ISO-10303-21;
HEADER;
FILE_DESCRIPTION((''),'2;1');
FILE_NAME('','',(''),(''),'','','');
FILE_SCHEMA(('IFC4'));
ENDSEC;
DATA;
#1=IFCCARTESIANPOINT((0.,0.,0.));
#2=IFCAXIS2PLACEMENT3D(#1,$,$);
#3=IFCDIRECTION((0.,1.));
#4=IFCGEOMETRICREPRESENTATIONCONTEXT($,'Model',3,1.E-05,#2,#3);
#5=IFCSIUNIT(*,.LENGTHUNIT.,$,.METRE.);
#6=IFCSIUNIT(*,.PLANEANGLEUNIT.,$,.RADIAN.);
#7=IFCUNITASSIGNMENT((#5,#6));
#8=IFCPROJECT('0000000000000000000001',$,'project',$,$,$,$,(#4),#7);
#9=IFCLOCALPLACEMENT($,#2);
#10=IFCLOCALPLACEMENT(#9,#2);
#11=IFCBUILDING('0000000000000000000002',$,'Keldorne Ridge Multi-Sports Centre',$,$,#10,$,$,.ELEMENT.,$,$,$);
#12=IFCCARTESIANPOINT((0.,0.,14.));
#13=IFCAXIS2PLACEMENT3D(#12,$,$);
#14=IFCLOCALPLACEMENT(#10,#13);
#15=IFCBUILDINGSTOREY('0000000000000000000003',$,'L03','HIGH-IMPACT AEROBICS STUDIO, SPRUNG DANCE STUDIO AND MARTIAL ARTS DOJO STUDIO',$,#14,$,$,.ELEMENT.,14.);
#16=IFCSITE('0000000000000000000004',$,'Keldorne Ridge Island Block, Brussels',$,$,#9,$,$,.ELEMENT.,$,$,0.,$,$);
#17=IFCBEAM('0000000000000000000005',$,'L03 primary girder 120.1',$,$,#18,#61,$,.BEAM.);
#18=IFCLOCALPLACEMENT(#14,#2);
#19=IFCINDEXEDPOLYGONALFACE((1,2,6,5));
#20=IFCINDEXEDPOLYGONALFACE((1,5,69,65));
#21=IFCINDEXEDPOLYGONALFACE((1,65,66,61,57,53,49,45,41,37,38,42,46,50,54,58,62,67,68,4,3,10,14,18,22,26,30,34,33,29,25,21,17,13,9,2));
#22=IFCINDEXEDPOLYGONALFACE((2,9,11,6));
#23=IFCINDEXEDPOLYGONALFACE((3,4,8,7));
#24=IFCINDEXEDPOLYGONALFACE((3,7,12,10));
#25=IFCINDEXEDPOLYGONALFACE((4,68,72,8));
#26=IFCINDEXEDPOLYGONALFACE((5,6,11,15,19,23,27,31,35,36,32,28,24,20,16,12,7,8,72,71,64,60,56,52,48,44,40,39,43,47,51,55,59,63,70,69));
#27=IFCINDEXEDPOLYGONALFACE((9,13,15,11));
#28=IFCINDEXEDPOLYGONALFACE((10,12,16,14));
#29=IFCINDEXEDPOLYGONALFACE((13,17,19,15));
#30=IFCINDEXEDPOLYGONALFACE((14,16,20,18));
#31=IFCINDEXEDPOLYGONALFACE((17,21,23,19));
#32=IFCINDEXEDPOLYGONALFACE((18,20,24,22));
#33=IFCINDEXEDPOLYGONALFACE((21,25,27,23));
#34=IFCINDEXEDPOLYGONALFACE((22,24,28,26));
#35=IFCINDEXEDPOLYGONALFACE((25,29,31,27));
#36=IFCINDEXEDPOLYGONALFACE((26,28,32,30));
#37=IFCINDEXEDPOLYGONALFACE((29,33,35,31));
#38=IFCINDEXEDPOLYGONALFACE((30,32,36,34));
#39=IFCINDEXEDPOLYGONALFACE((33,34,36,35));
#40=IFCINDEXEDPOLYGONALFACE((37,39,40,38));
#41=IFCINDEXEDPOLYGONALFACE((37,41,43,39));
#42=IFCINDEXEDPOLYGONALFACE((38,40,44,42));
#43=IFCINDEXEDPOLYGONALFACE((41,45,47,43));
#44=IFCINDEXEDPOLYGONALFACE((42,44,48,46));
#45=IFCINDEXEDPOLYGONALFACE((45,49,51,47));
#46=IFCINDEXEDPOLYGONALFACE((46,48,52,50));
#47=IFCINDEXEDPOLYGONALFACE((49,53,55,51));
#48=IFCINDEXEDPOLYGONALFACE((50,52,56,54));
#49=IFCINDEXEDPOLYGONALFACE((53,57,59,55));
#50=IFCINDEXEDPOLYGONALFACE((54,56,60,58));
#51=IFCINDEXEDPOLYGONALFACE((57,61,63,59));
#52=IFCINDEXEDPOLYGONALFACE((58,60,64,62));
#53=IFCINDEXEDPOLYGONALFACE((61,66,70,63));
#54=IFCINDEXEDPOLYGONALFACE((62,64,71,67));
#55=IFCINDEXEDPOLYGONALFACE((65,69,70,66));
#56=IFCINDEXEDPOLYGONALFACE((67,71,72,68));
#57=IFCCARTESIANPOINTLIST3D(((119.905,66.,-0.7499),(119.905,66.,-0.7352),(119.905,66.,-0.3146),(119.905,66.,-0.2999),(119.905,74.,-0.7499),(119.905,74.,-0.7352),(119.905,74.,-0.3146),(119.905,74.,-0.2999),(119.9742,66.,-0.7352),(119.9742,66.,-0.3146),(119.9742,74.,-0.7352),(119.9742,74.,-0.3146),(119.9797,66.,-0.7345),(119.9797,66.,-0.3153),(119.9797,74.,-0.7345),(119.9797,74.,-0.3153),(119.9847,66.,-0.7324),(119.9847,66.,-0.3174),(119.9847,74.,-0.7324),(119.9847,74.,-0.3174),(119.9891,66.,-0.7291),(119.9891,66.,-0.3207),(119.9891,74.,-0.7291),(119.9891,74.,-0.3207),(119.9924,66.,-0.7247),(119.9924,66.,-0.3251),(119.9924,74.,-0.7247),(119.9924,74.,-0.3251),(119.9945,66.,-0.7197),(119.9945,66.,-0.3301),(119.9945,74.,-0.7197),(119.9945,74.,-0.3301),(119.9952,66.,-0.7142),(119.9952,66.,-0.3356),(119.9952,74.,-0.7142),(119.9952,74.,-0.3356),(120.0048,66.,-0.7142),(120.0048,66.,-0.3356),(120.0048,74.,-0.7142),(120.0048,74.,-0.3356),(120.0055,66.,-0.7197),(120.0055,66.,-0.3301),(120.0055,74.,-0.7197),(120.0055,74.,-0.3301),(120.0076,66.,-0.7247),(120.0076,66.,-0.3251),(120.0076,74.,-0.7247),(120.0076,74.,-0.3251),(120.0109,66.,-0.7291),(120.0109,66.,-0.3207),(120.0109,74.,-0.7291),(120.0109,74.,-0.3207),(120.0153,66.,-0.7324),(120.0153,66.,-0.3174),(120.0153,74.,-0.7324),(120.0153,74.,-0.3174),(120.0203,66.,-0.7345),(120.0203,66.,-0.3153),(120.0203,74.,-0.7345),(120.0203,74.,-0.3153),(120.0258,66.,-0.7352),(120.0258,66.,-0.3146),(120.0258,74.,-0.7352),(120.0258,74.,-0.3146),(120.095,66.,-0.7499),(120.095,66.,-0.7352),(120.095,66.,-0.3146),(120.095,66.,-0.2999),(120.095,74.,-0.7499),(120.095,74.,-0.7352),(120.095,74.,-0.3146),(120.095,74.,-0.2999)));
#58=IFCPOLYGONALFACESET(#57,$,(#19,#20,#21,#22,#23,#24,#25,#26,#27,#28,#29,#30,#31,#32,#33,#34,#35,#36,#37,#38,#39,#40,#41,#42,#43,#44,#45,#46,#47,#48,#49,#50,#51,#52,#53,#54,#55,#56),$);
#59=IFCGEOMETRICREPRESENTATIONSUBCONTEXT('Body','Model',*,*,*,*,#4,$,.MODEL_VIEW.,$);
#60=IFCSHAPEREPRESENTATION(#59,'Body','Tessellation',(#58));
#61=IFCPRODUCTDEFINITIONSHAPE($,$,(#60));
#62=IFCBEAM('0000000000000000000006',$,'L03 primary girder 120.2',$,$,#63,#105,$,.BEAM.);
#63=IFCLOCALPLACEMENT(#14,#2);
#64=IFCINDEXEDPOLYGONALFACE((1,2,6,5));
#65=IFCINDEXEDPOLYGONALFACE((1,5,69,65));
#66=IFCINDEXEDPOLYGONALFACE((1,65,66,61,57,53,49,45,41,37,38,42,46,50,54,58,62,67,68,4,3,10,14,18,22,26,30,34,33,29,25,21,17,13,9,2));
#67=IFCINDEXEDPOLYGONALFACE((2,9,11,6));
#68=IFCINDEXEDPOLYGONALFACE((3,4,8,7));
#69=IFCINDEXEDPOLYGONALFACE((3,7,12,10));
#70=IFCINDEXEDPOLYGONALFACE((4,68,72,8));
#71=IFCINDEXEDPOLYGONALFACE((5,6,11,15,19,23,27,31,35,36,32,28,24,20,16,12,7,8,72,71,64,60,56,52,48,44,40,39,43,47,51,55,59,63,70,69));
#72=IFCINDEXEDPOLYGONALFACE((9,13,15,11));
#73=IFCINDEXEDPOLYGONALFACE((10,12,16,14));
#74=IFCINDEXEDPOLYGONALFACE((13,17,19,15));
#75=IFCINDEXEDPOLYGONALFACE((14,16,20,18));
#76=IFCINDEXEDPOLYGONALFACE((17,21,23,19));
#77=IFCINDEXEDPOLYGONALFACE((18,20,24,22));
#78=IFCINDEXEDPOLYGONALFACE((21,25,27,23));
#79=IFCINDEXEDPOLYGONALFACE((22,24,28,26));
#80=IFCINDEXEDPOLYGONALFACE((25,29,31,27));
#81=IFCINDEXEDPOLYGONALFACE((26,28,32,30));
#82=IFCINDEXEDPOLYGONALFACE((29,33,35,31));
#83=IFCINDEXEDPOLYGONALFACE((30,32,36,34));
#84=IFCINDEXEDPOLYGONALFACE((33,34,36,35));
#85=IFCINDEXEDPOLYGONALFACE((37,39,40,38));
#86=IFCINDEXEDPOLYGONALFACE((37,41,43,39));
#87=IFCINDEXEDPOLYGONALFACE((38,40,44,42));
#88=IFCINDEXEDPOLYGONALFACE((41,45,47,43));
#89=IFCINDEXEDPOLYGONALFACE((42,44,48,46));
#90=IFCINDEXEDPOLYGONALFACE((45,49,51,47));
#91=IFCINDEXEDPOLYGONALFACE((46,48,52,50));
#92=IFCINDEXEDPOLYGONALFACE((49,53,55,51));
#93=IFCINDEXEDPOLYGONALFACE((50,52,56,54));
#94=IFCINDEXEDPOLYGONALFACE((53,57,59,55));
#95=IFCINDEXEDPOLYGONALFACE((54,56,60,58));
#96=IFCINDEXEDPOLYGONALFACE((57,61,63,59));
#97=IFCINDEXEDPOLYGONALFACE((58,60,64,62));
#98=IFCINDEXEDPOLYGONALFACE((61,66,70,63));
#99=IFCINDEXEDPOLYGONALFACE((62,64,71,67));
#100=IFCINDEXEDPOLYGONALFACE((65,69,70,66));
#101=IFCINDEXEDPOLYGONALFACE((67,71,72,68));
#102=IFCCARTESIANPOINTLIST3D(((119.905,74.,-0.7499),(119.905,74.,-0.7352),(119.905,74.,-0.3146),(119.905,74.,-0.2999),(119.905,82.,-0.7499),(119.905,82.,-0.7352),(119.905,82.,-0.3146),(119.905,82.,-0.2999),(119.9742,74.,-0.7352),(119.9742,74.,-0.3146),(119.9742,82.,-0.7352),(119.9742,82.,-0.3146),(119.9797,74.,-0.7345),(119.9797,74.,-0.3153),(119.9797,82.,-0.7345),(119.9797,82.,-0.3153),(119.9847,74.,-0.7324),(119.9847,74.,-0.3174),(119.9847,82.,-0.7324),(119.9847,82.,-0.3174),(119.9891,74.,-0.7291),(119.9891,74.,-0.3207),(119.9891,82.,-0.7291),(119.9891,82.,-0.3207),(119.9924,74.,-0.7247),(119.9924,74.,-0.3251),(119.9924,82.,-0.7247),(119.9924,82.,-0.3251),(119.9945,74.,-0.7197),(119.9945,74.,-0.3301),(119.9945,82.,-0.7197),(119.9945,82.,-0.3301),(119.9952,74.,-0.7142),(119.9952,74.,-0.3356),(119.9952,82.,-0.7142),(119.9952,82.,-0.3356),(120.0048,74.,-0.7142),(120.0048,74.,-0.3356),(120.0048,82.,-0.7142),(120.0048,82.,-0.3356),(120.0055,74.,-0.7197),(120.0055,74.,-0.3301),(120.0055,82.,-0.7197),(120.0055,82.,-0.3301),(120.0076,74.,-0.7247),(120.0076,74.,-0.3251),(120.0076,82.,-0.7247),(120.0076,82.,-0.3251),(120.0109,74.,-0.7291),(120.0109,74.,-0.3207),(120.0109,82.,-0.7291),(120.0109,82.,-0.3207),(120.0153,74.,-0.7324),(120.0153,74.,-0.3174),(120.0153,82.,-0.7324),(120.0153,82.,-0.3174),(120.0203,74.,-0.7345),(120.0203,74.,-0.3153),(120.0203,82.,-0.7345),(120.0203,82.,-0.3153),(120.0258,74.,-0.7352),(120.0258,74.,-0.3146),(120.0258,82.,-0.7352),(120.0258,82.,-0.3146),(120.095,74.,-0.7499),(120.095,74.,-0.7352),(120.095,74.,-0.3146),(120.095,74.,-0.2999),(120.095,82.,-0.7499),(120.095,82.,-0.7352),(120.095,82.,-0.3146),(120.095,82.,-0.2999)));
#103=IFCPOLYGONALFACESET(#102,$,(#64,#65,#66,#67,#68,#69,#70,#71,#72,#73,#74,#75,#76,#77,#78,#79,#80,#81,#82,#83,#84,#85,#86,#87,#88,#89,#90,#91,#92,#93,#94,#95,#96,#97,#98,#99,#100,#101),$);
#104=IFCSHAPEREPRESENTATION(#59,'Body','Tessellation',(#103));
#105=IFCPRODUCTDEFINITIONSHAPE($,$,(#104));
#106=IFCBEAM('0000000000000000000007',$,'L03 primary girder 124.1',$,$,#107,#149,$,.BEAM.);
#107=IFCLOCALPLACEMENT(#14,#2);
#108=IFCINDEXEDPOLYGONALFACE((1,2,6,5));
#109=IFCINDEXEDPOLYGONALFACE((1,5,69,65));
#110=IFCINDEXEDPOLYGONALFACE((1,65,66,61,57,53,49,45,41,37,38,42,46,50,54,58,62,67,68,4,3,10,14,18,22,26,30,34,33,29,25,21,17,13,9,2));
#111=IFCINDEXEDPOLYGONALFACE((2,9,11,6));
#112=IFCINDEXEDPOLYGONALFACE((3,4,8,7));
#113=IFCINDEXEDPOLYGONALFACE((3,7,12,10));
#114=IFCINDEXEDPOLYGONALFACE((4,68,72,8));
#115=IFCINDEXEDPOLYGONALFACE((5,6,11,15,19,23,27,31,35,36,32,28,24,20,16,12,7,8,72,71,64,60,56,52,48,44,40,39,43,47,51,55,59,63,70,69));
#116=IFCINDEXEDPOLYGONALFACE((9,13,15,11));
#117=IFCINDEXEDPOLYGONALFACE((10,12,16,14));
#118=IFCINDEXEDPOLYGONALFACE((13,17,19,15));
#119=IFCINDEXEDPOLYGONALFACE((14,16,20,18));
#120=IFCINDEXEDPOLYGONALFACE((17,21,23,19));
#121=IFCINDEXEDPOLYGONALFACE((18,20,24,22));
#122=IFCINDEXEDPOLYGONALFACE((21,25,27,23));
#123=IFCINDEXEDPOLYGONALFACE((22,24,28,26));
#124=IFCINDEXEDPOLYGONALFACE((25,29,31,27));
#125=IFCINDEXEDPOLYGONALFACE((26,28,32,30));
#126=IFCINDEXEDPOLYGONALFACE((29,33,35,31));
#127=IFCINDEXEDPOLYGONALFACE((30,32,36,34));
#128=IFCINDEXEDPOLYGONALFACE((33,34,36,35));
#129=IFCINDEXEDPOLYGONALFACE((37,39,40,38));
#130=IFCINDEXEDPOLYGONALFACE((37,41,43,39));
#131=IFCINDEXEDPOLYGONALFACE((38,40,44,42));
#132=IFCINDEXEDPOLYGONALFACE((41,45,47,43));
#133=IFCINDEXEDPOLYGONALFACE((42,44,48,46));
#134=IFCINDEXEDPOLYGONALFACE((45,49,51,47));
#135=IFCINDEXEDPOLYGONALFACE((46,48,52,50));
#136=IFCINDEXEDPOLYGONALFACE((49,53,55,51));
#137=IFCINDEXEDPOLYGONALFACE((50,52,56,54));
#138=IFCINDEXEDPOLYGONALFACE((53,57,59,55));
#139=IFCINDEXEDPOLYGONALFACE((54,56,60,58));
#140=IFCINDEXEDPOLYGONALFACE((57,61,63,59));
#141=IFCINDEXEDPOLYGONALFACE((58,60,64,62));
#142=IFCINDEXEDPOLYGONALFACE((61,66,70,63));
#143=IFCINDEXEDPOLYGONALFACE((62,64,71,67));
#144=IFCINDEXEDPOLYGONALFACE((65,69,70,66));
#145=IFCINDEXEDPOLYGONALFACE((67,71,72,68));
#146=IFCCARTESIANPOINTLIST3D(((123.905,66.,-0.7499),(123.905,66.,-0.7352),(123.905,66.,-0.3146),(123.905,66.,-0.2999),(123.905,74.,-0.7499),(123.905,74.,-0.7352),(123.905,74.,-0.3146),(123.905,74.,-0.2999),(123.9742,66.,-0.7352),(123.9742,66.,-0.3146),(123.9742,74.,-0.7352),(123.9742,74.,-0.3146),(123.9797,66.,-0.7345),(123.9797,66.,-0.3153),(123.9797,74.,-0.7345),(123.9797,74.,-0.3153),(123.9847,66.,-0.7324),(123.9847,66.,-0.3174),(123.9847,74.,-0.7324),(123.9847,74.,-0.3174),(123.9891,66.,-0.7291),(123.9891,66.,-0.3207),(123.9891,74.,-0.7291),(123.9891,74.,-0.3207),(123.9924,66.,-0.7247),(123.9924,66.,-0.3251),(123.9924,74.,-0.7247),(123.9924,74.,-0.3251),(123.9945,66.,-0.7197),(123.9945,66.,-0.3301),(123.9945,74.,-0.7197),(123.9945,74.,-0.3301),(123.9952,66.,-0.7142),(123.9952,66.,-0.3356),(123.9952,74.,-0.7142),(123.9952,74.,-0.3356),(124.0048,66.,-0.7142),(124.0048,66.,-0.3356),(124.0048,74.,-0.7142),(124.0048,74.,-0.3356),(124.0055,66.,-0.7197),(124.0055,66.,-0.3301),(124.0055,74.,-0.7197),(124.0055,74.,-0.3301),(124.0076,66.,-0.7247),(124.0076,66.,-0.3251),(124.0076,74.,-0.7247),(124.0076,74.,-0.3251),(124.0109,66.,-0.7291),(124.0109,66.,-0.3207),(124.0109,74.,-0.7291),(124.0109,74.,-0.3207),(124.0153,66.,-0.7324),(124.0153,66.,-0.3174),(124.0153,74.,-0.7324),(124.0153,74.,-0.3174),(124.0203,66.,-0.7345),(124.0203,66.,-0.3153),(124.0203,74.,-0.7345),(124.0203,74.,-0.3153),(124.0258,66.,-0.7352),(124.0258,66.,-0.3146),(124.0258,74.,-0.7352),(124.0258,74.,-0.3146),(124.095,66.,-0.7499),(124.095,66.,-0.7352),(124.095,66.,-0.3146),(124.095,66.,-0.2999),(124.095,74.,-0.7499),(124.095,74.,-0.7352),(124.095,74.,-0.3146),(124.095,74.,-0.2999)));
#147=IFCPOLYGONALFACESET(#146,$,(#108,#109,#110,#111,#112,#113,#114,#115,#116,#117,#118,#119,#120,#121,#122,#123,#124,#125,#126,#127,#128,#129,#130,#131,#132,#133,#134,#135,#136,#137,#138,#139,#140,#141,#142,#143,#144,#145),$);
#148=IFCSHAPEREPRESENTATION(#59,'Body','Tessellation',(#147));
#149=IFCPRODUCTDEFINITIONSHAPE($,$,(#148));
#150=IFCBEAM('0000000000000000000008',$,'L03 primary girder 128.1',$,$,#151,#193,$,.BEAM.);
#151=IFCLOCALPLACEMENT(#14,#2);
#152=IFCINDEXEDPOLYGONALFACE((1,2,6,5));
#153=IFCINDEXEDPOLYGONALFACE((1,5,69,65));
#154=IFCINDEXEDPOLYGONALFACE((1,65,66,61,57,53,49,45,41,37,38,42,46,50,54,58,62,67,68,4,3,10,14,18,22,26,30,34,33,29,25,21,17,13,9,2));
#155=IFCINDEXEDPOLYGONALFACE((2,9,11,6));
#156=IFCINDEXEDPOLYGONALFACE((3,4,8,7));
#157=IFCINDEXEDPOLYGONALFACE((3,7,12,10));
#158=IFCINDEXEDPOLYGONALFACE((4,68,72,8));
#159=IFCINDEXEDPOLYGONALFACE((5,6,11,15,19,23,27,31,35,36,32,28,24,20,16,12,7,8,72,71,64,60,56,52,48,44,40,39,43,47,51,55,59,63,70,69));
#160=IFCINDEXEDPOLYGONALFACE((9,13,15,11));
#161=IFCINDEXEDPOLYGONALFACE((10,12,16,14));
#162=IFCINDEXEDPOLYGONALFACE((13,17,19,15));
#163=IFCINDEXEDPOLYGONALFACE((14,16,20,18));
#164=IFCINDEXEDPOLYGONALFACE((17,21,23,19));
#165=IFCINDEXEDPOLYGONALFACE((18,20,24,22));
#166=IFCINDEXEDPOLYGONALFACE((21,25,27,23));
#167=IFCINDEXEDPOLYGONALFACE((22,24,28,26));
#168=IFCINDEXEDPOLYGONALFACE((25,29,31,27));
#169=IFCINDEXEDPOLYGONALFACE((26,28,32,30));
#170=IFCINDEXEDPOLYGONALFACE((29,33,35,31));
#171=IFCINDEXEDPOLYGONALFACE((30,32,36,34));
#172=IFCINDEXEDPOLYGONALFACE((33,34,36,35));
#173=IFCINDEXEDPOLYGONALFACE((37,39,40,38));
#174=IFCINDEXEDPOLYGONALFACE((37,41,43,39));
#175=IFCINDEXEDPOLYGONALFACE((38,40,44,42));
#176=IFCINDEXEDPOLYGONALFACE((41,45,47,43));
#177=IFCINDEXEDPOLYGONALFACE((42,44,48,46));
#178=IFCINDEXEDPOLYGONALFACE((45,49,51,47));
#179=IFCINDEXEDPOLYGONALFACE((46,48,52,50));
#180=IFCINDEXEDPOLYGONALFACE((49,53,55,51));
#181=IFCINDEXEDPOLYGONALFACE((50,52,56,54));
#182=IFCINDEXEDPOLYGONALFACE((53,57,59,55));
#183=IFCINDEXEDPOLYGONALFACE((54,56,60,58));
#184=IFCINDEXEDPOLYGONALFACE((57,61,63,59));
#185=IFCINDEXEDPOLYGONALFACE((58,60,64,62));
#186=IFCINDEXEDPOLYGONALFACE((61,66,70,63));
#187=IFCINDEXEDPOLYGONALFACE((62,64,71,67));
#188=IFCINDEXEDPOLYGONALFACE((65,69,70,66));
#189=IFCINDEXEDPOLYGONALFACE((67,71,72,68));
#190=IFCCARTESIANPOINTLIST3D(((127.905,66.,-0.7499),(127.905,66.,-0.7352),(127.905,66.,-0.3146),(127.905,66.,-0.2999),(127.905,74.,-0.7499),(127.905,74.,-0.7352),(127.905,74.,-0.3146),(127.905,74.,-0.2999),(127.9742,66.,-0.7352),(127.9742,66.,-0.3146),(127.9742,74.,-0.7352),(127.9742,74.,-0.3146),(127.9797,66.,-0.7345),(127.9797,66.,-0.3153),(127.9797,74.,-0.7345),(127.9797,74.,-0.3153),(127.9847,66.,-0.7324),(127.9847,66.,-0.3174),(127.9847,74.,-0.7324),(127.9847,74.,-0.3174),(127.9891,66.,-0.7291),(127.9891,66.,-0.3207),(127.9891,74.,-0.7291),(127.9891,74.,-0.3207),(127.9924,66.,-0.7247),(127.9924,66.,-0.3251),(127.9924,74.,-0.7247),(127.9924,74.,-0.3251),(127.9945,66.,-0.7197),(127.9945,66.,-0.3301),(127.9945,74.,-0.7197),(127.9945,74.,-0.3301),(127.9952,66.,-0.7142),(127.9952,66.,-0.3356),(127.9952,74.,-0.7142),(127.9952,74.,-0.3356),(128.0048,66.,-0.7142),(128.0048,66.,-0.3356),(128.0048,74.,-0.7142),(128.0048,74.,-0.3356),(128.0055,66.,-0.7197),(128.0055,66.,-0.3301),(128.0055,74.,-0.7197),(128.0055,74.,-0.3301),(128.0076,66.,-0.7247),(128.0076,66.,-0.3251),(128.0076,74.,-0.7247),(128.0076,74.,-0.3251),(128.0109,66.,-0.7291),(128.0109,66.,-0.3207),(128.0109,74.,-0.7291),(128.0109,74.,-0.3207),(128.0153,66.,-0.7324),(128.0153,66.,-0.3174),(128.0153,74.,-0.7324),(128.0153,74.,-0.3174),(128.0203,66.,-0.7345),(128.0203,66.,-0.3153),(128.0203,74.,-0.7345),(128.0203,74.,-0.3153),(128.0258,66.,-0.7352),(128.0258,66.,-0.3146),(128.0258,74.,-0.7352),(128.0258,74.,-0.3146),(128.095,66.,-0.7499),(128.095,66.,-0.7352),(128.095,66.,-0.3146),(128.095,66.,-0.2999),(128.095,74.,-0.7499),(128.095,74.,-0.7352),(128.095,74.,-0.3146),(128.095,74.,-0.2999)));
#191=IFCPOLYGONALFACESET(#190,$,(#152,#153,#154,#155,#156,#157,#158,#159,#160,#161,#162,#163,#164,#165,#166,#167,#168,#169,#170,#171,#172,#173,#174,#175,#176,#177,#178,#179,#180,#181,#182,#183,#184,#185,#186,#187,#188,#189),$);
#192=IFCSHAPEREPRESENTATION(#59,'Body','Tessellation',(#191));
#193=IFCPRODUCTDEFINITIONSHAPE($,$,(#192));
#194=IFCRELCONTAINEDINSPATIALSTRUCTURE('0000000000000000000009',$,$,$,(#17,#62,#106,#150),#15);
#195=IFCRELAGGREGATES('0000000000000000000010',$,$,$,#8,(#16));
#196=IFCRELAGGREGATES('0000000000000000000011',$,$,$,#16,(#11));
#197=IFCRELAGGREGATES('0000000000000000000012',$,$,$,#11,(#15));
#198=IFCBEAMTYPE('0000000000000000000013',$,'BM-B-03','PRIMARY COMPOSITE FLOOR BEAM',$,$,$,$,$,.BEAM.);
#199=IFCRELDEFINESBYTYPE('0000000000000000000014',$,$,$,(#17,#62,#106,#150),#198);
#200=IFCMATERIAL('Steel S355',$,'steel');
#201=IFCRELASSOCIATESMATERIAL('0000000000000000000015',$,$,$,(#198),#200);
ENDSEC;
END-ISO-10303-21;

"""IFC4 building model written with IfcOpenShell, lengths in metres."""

from ifc_helpers import new_model, si_unit, direction, frame, origin, origin_2d, place, context, subcontext, project, spatial, i_section, extrude, material, material_profile, profile_set, type_object, element, save


model = new_model("IFC4")

# Units and contexts
model_context = context("Model", 3, precision=1e-05, world=origin(), true_north=direction((0.0, 1.0)))
body_context = subcontext(model_context, "Body", "Model", "MODEL_VIEW")
ifc_project = project(units=[si_unit("LENGTHUNIT", "METRE"), si_unit("PLANEANGLEUNIT", "RADIAN")], contexts=[model_context])

# Site, building, storey
site_placement = place(None, origin())
site = spatial("IfcSite", under=ifc_project, at=site_placement, Name="Keldorne Ridge Island Block, Brussels", CompositionType="ELEMENT", RefElevation=0.0)
building_placement = place(site_placement, origin())
building = spatial("IfcBuilding", under=site, at=building_placement, Name="Keldorne Ridge Multi-Sports Centre", CompositionType="ELEMENT")
storey_placement = place(building_placement, frame((0.0, 0.0, 14.0)))
storey = spatial("IfcBuildingStorey", under=building, at=storey_placement, Name="L03", Description="HIGH-IMPACT AEROBICS STUDIO, SPRUNG DANCE STUDIO AND MARTIAL ARTS DOJO STUDIO", CompositionType="ELEMENT", Elevation=14.0)

# Beams
ifc_material_1 = material(Name="Steel S355", Category="steel")
ifc_material_profile_1 = material_profile(ifc_material_1, i_section(OverallWidth=0.1899, OverallDepth=0.45, WebThickness=0.0095, FlangeThickness=0.0146, FilletRadius=0.021, at=origin_2d()), Name="IPE 450")
ifc_profile_set_1 = profile_set([ifc_material_profile_1], Name="Steel S355")
beam_type_1 = type_object("IfcBeamType", Name="BM-B-03", Description="PRIMARY COMPOSITE FLOOR BEAM", PredefinedType="BEAM", material=ifc_profile_set_1)
for number, where, z_axis, x_axis, name in (
    (1, (120.0, 66.0, -0.5249), (0.0, 1.0, 0.0), (-1.0, 0.0, 0.0), "L03 primary girder 120.1"),
    (2, (120.0, 74.0, -0.5249), (0.0, 1.0, 0.0), (-1.0, 0.0, 0.0), "L03 primary girder 120.2"),
    (3, (124.0, 66.0, -0.5249), (0.0, 1.0, 0.0), (-1.0, 0.0, 0.0), "L03 primary girder 124.1"),
    (4, (128.0, 66.0, -0.5249), (0.0, 1.0, 0.0), (-1.0, 0.0, 0.0), "L03 primary girder 128.1"),
):
    element("IfcBeam", number, at=place(storey_placement, frame(where, z_axis=z_axis, x_axis=x_axis)), inside=storey, type_object=beam_type_1, Name=name, PredefinedType="BEAM", context=body_context, shape_type="SweptSolid", body=[
        extrude(i_section(OverallWidth=0.1899, OverallDepth=0.45, WebThickness=0.0095, FlangeThickness=0.0146, FilletRadius=0.021, at=origin_2d()), origin(), (0.0, 0.0, 1.0), 8.0),
    ])

save(model, "model.ifc")
